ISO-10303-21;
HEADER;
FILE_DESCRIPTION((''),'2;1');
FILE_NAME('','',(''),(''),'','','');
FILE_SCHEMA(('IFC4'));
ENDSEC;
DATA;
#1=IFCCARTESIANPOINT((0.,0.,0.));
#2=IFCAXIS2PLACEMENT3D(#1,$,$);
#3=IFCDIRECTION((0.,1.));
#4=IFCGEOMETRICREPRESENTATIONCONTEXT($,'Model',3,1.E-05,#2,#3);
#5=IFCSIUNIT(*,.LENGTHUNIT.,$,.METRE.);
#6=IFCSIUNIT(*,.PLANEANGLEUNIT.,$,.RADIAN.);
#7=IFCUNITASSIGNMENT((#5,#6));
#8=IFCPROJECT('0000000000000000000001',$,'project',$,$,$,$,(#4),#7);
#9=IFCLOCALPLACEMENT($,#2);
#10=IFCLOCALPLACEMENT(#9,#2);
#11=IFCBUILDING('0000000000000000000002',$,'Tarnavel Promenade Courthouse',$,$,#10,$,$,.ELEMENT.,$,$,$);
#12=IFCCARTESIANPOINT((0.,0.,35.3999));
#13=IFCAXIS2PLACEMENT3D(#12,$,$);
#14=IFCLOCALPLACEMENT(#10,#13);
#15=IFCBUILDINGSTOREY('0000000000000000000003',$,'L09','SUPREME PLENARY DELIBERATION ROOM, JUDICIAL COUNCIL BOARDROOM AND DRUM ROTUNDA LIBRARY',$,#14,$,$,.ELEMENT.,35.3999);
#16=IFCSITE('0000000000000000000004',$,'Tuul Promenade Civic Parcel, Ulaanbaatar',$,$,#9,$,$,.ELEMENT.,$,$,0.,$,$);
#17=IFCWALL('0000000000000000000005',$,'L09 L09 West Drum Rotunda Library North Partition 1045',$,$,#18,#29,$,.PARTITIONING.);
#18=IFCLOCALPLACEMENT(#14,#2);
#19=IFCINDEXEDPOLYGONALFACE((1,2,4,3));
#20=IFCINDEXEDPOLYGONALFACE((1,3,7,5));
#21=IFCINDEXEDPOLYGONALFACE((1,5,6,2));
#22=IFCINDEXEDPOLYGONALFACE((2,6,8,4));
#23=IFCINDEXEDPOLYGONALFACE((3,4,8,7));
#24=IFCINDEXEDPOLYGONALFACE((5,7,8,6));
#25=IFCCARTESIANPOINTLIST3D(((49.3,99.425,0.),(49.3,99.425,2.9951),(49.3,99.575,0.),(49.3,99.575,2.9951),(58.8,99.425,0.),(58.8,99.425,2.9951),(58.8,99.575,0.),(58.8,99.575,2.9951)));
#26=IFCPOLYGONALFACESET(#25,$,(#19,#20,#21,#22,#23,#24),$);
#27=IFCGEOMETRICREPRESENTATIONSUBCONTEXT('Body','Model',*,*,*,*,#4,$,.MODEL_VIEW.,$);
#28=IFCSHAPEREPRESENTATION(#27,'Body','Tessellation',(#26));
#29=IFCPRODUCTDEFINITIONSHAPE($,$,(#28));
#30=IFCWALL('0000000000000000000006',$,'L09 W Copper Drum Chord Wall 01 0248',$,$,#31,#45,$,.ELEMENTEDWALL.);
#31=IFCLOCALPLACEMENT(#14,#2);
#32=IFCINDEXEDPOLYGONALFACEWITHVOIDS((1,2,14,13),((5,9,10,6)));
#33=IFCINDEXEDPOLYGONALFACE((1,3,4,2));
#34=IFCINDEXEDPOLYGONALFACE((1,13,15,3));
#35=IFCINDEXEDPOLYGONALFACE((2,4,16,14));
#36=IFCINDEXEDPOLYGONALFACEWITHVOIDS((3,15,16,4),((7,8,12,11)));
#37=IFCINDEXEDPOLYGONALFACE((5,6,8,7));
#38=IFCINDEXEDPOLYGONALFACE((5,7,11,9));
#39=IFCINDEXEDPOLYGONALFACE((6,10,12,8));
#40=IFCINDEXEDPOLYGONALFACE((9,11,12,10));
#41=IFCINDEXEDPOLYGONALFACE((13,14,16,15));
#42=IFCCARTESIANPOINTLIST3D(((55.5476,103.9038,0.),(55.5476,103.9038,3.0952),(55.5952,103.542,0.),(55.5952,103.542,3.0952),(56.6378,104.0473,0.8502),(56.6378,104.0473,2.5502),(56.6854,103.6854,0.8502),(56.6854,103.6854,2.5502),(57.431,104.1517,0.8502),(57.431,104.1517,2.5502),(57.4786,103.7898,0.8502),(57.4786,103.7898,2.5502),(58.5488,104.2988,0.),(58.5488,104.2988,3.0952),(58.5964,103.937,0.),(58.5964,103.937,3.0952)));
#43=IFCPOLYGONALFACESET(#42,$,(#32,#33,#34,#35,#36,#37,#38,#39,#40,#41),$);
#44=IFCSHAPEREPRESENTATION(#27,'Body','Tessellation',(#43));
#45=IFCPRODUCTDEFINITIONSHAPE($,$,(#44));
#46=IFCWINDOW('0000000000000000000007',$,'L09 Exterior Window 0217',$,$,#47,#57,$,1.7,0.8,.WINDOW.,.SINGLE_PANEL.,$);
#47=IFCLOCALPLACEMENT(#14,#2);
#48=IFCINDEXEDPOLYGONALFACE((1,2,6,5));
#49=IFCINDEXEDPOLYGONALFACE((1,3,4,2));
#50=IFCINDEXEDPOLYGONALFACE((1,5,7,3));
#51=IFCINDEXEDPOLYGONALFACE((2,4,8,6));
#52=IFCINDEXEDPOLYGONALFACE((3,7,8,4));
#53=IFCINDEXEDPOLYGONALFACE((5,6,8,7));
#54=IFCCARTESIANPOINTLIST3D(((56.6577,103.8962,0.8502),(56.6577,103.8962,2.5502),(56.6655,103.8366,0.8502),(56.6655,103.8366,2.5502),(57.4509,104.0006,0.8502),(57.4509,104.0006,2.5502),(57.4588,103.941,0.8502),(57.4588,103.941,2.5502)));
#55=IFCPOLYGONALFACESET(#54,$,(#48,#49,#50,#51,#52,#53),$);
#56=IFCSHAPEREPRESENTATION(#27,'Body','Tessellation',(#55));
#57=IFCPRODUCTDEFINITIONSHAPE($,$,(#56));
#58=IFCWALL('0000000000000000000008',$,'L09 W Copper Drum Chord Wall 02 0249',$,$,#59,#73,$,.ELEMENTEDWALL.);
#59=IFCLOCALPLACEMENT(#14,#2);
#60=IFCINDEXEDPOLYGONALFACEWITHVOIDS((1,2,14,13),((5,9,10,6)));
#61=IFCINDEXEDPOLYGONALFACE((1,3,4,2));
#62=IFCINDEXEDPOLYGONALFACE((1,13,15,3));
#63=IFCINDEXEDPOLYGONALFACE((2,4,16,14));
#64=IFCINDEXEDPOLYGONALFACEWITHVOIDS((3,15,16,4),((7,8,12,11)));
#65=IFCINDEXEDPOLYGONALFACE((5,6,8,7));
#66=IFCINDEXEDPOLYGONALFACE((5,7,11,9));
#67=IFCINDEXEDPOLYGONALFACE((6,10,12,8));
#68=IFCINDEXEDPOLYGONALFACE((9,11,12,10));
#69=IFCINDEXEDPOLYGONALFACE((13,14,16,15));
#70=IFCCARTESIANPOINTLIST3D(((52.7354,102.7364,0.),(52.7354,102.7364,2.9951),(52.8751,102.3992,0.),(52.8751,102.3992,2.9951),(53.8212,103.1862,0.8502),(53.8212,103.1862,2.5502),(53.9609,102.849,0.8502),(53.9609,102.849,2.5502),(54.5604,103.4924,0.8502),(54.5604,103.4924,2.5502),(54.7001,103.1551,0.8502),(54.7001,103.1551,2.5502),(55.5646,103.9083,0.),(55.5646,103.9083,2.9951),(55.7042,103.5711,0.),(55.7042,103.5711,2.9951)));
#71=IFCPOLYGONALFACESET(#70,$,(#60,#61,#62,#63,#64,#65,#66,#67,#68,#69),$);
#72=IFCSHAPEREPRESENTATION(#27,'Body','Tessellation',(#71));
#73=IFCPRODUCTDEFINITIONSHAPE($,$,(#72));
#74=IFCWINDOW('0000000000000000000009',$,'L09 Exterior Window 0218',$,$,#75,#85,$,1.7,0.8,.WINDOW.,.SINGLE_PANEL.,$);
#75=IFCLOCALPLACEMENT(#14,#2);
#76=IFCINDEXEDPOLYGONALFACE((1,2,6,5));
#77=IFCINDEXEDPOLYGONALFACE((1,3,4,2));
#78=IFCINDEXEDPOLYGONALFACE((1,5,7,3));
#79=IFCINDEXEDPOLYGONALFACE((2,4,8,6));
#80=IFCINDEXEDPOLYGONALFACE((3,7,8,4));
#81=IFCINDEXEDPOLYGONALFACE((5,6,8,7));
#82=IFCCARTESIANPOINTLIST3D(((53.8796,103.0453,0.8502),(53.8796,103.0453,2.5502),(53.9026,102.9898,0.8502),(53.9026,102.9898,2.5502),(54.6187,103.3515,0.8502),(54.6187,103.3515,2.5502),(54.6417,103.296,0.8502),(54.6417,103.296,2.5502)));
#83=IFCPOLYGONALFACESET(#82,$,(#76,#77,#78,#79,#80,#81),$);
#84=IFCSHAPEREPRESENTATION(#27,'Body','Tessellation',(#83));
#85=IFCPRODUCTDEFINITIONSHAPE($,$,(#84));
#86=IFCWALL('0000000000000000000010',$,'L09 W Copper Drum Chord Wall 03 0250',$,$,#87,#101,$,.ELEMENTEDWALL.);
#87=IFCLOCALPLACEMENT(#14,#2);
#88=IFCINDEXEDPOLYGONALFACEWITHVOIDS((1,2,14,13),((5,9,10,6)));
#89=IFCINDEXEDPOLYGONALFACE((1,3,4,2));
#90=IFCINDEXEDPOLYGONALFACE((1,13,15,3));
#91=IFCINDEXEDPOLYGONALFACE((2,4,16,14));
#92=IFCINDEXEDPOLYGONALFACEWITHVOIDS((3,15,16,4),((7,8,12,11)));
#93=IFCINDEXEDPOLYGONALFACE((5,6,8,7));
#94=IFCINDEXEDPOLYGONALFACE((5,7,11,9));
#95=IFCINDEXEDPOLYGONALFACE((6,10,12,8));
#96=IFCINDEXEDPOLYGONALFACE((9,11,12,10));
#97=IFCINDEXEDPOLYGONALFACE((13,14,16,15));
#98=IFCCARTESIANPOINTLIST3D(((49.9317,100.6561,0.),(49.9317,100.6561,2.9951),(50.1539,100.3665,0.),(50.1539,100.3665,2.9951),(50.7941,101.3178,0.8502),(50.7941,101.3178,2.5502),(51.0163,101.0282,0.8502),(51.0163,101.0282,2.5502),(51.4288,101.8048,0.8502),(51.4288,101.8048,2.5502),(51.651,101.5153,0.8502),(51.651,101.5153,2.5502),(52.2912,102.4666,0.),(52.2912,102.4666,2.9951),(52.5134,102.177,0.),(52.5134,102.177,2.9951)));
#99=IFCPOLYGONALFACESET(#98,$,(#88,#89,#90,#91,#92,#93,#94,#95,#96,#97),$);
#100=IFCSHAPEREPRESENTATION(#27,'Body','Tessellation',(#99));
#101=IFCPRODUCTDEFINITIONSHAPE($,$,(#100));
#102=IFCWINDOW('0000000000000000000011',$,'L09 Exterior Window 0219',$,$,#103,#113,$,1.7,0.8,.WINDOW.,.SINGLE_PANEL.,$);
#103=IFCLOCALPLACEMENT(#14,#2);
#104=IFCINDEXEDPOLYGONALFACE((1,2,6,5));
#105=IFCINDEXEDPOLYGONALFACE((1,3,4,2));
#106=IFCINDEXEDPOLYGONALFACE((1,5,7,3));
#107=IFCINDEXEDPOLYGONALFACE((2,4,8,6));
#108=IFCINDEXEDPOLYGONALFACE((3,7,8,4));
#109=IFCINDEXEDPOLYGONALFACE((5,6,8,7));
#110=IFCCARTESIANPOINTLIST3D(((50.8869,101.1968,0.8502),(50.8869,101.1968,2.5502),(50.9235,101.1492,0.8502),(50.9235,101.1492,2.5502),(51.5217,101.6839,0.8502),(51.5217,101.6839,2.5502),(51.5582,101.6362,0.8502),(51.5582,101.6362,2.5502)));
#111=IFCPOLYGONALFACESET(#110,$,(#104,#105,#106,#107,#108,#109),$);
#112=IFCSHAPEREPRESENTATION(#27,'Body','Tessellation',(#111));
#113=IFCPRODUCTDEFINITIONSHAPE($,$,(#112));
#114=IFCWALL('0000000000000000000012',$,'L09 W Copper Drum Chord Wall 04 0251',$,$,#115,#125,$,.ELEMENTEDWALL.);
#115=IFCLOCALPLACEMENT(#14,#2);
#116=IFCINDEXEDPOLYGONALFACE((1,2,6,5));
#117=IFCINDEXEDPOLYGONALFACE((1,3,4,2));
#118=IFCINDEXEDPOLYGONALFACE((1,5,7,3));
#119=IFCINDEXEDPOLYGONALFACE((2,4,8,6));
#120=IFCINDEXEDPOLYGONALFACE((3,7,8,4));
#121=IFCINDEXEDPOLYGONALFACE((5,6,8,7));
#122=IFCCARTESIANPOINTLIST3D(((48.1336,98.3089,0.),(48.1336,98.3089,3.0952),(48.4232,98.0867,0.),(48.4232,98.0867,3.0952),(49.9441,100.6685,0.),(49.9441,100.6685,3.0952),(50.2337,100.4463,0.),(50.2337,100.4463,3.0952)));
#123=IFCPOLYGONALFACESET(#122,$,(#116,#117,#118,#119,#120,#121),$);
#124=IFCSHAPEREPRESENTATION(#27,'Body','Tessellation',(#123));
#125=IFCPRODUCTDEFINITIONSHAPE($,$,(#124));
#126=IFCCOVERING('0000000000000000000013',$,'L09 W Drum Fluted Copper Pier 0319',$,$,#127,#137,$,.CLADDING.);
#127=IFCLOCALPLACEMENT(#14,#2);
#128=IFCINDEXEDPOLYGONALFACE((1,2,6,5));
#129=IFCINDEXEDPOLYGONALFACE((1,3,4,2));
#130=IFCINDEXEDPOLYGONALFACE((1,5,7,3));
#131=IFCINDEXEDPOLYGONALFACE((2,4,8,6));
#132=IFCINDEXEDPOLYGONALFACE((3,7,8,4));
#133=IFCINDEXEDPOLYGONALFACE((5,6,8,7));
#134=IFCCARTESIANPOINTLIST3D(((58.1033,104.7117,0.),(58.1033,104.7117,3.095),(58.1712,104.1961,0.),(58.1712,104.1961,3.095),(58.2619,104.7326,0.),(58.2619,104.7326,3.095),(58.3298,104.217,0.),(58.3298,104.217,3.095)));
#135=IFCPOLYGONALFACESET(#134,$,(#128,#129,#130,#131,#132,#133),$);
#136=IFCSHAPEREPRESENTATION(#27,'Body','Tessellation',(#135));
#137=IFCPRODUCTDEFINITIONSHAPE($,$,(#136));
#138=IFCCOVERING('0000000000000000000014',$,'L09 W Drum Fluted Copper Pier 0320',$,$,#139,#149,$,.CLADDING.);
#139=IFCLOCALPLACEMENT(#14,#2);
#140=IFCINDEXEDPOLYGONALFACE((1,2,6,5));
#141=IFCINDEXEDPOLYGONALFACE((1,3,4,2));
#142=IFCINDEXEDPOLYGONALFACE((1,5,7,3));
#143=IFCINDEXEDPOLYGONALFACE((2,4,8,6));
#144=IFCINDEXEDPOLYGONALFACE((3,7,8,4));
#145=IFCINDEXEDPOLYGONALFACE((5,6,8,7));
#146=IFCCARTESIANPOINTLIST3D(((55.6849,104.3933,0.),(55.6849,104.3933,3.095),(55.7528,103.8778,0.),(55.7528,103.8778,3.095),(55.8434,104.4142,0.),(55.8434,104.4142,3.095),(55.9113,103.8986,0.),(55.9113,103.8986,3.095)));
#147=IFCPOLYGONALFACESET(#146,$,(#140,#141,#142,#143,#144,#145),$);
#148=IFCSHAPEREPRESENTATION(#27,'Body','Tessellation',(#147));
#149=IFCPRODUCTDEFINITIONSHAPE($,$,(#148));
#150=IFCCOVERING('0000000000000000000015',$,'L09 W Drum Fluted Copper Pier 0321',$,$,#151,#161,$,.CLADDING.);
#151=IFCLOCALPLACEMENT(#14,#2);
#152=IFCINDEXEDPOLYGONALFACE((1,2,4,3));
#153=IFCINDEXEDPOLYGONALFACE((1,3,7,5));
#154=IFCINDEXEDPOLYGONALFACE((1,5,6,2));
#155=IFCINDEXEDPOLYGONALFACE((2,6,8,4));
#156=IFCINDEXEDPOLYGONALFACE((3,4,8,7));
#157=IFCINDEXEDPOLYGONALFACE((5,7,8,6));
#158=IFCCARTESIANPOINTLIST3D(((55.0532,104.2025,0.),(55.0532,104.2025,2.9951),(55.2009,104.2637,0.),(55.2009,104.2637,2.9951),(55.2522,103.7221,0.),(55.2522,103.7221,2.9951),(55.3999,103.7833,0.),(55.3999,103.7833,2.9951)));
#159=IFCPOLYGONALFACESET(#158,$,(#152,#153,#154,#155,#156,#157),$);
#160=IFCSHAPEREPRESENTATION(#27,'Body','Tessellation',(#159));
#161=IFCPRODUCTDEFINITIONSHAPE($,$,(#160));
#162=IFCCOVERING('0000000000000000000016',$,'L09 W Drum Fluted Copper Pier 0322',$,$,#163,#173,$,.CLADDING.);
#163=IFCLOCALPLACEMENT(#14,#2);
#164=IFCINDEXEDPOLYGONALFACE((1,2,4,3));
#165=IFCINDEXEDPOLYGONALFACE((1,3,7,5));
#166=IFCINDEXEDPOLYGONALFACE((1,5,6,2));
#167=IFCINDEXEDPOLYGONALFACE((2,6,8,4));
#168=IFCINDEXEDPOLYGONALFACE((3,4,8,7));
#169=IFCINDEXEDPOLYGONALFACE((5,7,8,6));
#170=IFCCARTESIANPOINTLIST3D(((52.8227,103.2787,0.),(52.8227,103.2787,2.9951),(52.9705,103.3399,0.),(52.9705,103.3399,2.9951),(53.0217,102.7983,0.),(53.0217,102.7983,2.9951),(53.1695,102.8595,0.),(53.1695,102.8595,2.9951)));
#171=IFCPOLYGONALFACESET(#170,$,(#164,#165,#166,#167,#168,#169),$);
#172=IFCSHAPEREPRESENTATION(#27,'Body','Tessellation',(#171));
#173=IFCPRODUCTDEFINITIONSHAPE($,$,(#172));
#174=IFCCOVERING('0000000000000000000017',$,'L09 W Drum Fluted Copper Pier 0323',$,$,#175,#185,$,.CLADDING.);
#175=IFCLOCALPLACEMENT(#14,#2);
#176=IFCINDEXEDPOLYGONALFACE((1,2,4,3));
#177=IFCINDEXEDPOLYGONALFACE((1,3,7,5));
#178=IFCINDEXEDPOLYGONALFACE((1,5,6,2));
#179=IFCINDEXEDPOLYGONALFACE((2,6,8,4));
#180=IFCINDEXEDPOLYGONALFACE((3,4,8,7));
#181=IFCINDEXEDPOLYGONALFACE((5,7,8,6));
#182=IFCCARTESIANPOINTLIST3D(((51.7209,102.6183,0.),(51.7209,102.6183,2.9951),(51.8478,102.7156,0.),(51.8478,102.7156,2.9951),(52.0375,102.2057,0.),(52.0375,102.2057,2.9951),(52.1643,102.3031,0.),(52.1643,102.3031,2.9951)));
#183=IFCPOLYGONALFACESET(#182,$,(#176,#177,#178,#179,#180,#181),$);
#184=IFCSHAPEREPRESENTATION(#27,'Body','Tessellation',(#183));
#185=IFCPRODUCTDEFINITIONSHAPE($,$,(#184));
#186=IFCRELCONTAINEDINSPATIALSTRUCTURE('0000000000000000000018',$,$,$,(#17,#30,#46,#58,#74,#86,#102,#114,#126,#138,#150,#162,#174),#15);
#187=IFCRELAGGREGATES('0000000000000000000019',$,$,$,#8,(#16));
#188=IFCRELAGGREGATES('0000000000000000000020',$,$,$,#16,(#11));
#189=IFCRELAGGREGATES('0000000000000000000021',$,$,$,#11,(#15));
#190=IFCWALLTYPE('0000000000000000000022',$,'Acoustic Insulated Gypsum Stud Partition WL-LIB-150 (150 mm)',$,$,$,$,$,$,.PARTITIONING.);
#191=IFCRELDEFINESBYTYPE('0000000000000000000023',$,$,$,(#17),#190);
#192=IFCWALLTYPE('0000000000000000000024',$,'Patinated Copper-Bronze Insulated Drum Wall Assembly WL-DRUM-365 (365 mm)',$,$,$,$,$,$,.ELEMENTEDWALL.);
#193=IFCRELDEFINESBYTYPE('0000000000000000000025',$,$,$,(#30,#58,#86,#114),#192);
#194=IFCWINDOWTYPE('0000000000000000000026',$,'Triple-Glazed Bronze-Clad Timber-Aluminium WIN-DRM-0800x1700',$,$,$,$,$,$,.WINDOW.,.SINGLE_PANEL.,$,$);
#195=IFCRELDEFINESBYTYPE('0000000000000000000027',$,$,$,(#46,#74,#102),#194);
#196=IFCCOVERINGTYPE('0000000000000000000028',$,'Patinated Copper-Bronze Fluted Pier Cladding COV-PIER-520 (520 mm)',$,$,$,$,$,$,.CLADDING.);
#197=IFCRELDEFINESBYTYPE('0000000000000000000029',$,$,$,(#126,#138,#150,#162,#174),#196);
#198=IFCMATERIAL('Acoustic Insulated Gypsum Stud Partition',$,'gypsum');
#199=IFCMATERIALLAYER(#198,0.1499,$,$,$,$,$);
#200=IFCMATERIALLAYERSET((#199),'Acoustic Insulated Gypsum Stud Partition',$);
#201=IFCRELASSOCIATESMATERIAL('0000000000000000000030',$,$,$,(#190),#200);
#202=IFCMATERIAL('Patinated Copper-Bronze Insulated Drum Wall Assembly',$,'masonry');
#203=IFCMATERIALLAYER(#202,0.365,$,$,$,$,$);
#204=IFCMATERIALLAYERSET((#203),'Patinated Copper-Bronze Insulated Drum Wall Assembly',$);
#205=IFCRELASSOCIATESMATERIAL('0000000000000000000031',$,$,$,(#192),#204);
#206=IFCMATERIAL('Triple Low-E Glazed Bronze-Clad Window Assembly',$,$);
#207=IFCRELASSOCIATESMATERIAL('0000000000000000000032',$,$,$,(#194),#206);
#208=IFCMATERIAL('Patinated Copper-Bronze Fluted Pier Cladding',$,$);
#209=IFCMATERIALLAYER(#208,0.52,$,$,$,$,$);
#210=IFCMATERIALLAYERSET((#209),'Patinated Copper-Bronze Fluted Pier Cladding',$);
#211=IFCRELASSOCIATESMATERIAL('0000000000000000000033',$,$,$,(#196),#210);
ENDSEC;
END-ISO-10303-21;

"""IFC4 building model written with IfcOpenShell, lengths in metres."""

from ifc_helpers import new_model, si_unit, direction, frame, frame_2d, origin, origin_2d, place, context, subcontext, project, spatial, rectangle, extrude, material, layer, layer_set, type_object, element, fill, save


model = new_model("IFC4")

# Units and contexts
model_context = context("Model", 3, precision=1e-05, world=origin(), true_north=direction((0.0, 1.0)))
body_context = subcontext(model_context, "Body", "Model", "MODEL_VIEW")
ifc_project = project(units=[si_unit("LENGTHUNIT", "METRE"), si_unit("PLANEANGLEUNIT", "RADIAN")], contexts=[model_context])

# Site, building, storey
site_placement = place(None, origin())
site = spatial("IfcSite", under=ifc_project, at=site_placement, Name="Tuul Promenade Civic Parcel, Ulaanbaatar", CompositionType="ELEMENT", RefElevation=0.0)
building_placement = place(site_placement, origin())
building = spatial("IfcBuilding", under=site, at=building_placement, Name="Tarnavel Promenade Courthouse", CompositionType="ELEMENT")
storey_placement = place(building_placement, frame((0.0, 0.0, 35.3999)))
storey = spatial("IfcBuildingStorey", under=building, at=storey_placement, Name="L09", Description="SUPREME PLENARY DELIBERATION ROOM, JUDICIAL COUNCIL BOARDROOM AND DRUM ROTUNDA LIBRARY", CompositionType="ELEMENT", Elevation=35.3999)

# Wall
ifc_material_1 = material(Name="Acoustic Insulated Gypsum Stud Partition", Category="gypsum")
ifc_layer_1 = layer(ifc_material_1, 0.1499)
ifc_layer_set_1 = layer_set([ifc_layer_1], Name="Acoustic Insulated Gypsum Stud Partition")
wall_type_1 = type_object("IfcWallType", Name="Acoustic Insulated Gypsum Stud Partition WL-LIB-150 (150 mm)", PredefinedType="PARTITIONING", material=ifc_layer_set_1)
wall_1_placement = place(storey_placement, frame((49.3, 99.5, 0.0), z_axis=(0.0, 0.0, 1.0), x_axis=(1.0, 0.0, 0.0)))
element("IfcWall", 1, at=wall_1_placement, inside=storey, type_object=wall_type_1, Name="L09 L09 West Drum Rotunda Library North Partition 1045", PredefinedType="PARTITIONING", context=body_context, shape_type="SweptSolid", body=[
    extrude(rectangle(XDim=9.5, YDim=0.1499, at=frame_2d((4.75, 0.0))), origin(), (0.0, 0.0, 1.0), 2.9951),
])

# Walls, openings, windows
ifc_material_2 = material(Name="Patinated Copper-Bronze Insulated Drum Wall Assembly", Category="masonry")
ifc_layer_2 = layer(ifc_material_2, 0.365)
ifc_layer_set_2 = layer_set([ifc_layer_2], Name="Patinated Copper-Bronze Insulated Drum Wall Assembly")
wall_type_2 = type_object("IfcWallType", Name="Patinated Copper-Bronze Insulated Drum Wall Assembly WL-DRUM-365 (365 mm)", PredefinedType="ELEMENTEDWALL", material=ifc_layer_set_2)
wall_2_placement = place(storey_placement, frame((58.5728, 104.1179, 0.0), z_axis=(0.0, 0.0, 1.0), x_axis=(-0.991449, -0.130494, 0.0)))
wall_2 = element("IfcWall", 2, at=wall_2_placement, inside=storey, type_object=wall_type_2, Name="L09 W Copper Drum Chord Wall 01 0248", PredefinedType="ELEMENTEDWALL", context=body_context, shape_type="SweptSolid", body=[
    extrude(rectangle(XDim=3.0271, YDim=0.365, at=frame_2d((1.5137, 0.0))), origin(), (0.0, 0.0, 1.0), 3.0952),
])
opening_1_placement = place(wall_2_placement, frame((1.1277, 0.0, 0.8501)))
opening_1 = element("IfcOpeningElement", 3, at=opening_1_placement, cuts=wall_2, PredefinedType="OPENING", context=body_context, shape_type="SweptSolid", body=[
    extrude(rectangle(XDim=0.8, YDim=1.7, at=frame_2d((0.3999, 0.8501))), frame((0.0, 0.1924, 0.0), z_axis=(0.0, -1.0, 0.0), x_axis=(1.0, 0.0, 0.0)), (0.0, 0.0, 1.0), 0.385),
])
ifc_material_3 = material(Name="Triple Low-E Glazed Bronze-Clad Window Assembly")
window_type = type_object("IfcWindowType", Name="Triple-Glazed Bronze-Clad Timber-Aluminium WIN-DRM-0800x1700", PartitioningType="SINGLE_PANEL", PredefinedType="WINDOW", material=ifc_material_3)
window_1_placement = place(opening_1_placement, origin())
window_1 = element("IfcWindow", 4, at=window_1_placement, inside=storey, type_object=window_type, Name="L09 Exterior Window 0217", OverallHeight=1.7, OverallWidth=0.8, PartitioningType="SINGLE_PANEL", PredefinedType="WINDOW", context=body_context, shape_type="SweptSolid", body=[
    extrude(rectangle(XDim=0.8, YDim=1.7, at=frame_2d((0.3999, 0.8501))), frame((0.0, 0.03, 0.0), z_axis=(0.0, -1.0, 0.0), x_axis=(1.0, 0.0, 0.0)), (0.0, 0.0, 1.0), 0.0601),
])
fill(opening_1, window_1)
wall_3_placement = place(storey_placement, frame((55.6345, 103.7397, 0.0), z_axis=(0.0, 0.0, 1.0), x_axis=(-0.923877, -0.38269, 0.0)))
wall_3 = element("IfcWall", 5, at=wall_3_placement, inside=storey, type_object=wall_type_2, Name="L09 W Copper Drum Chord Wall 02 0249", PredefinedType="ELEMENTEDWALL", context=body_context, shape_type="SweptSolid", body=[
    extrude(rectangle(XDim=3.0623, YDim=0.365, at=frame_2d((1.5312, 0.0))), origin(), (0.0, 0.0, 1.0), 2.9951),
])
opening_2_placement = place(wall_3_placement, frame((1.0872, 0.0, 0.8501)))
opening_2 = element("IfcOpeningElement", 6, at=opening_2_placement, cuts=wall_3, PredefinedType="OPENING", context=body_context, shape_type="SweptSolid", body=[
    extrude(rectangle(XDim=0.8, YDim=1.7, at=frame_2d((0.3999, 0.8501))), frame((0.0, 0.1924, 0.0), z_axis=(0.0, -1.0, 0.0), x_axis=(1.0, 0.0, 0.0)), (0.0, 0.0, 1.0), 0.385),
])
window_2_placement = place(opening_2_placement, origin())
window_2 = element("IfcWindow", 7, at=window_2_placement, inside=storey, type_object=window_type, Name="L09 Exterior Window 0218", OverallHeight=1.7, OverallWidth=0.8, PartitioningType="SINGLE_PANEL", PredefinedType="WINDOW", context=body_context, shape_type="SweptSolid", body=[
    extrude(rectangle(XDim=0.8, YDim=1.7, at=frame_2d((0.3999, 0.8501))), frame((0.0, 0.03, 0.0), z_axis=(0.0, -1.0, 0.0), x_axis=(1.0, 0.0, 0.0)), (0.0, 0.0, 1.0), 0.0601),
])
fill(opening_2, window_2)
wall_4_placement = place(storey_placement, frame((52.4023, 102.3218, 0.0), z_axis=(0.0, 0.0, 1.0), x_axis=(-0.793362, -0.60875, 0.0)))
wall_4 = element("IfcWall", 8, at=wall_4_placement, inside=storey, type_object=wall_type_2, Name="L09 W Copper Drum Chord Wall 03 0250", PredefinedType="ELEMENTEDWALL", context=body_context, shape_type="SweptSolid", body=[
    extrude(rectangle(XDim=2.9741, YDim=0.365, at=frame_2d((1.4871, 0.0))), origin(), (0.0, 0.0, 1.0), 2.9951),
])
opening_3_placement = place(wall_4_placement, frame((1.0872, 0.0, 0.8501)))
opening_3 = element("IfcOpeningElement", 9, at=opening_3_placement, cuts=wall_4, PredefinedType="OPENING", context=body_context, shape_type="SweptSolid", body=[
    extrude(rectangle(XDim=0.8, YDim=1.7, at=frame_2d((0.3999, 0.8501))), frame((0.0, 0.1924, 0.0), z_axis=(0.0, -1.0, 0.0), x_axis=(1.0, 0.0, 0.0)), (0.0, 0.0, 1.0), 0.385),
])
window_3_placement = place(opening_3_placement, origin())
window_3 = element("IfcWindow", 10, at=window_3_placement, inside=storey, type_object=window_type, Name="L09 Exterior Window 0219", OverallHeight=1.7, OverallWidth=0.8, PartitioningType="SINGLE_PANEL", PredefinedType="WINDOW", context=body_context, shape_type="SweptSolid", body=[
    extrude(rectangle(XDim=0.8, YDim=1.7, at=frame_2d((0.3999, 0.8501))), frame((0.0, 0.03, 0.0), z_axis=(0.0, -1.0, 0.0), x_axis=(1.0, 0.0, 0.0)), (0.0, 0.0, 1.0), 0.0601),
])
fill(opening_3, window_3)

# Wall
wall_5_placement = place(storey_placement, frame((50.0889, 100.5574, 0.0), z_axis=(0.0, 0.0, 1.0), x_axis=(-0.60875, -0.793362, 0.0)))
element("IfcWall", 11, at=wall_5_placement, inside=storey, type_object=wall_type_2, Name="L09 W Copper Drum Chord Wall 04 0251", PredefinedType="ELEMENTEDWALL", context=body_context, shape_type="SweptSolid", body=[
    extrude(rectangle(XDim=2.9741, YDim=0.365, at=frame_2d((1.4871, 0.0))), origin(), (0.0, 0.0, 1.0), 3.0952),
])

# Coverings
ifc_material_4 = material(Name="Patinated Copper-Bronze Fluted Pier Cladding")
ifc_layer_3 = layer(ifc_material_4, 0.52)
ifc_layer_set_3 = layer_set([ifc_layer_3], Name="Patinated Copper-Bronze Fluted Pier Cladding")
covering_type = type_object("IfcCoveringType", Name="Patinated Copper-Bronze Fluted Pier Cladding COV-PIER-520 (520 mm)", PredefinedType="CLADDING", material=ifc_layer_set_3)
for number, where, z_axis, x_axis, name in (
    (12, (58.2166, 104.4644, 0.0), (0.0, 0.0, 1.0), (-0.991445, -0.130526, 0.0), "L09 W Drum Fluted Copper Pier 0319"),
    (13, (55.7981, 104.146, 0.0), (0.0, 0.0, 1.0), (-0.991445, -0.130526, 0.0), "L09 W Drum Fluted Copper Pier 0320"),
):
    element("IfcCovering", number, at=place(storey_placement, frame(where, z_axis=z_axis, x_axis=x_axis)), inside=storey, type_object=covering_type, Name=name, PredefinedType="CLADDING", context=body_context, shape_type="SweptSolid", body=[
        extrude(rectangle(XDim=0.1599, YDim=0.52, at=origin_2d()), origin(), (0.0, 0.0, 1.0), 3.095),
    ])
for number, where, z_axis, x_axis, name in (
    (14, (55.2266, 103.9929, 0.0), (0.0, 0.0, 1.0), (-0.92388, -0.382683, 0.0), "L09 W Drum Fluted Copper Pier 0321"),
    (15, (52.9961, 103.0691, 0.0), (0.0, 0.0, 1.0), (-0.92388, -0.382683, 0.0), "L09 W Drum Fluted Copper Pier 0322"),
    (16, (51.9426, 102.4607, 0.0), (0.0, 0.0, 1.0), (-0.793353, -0.608761, 0.0), "L09 W Drum Fluted Copper Pier 0323"),
):
    element("IfcCovering", number, at=place(storey_placement, frame(where, z_axis=z_axis, x_axis=x_axis)), inside=storey, type_object=covering_type, Name=name, PredefinedType="CLADDING", context=body_context, shape_type="SweptSolid", body=[
        extrude(rectangle(XDim=0.1599, YDim=0.52, at=origin_2d()), origin(), (0.0, 0.0, 1.0), 2.9951),
    ])

save(model, "model.ifc")
